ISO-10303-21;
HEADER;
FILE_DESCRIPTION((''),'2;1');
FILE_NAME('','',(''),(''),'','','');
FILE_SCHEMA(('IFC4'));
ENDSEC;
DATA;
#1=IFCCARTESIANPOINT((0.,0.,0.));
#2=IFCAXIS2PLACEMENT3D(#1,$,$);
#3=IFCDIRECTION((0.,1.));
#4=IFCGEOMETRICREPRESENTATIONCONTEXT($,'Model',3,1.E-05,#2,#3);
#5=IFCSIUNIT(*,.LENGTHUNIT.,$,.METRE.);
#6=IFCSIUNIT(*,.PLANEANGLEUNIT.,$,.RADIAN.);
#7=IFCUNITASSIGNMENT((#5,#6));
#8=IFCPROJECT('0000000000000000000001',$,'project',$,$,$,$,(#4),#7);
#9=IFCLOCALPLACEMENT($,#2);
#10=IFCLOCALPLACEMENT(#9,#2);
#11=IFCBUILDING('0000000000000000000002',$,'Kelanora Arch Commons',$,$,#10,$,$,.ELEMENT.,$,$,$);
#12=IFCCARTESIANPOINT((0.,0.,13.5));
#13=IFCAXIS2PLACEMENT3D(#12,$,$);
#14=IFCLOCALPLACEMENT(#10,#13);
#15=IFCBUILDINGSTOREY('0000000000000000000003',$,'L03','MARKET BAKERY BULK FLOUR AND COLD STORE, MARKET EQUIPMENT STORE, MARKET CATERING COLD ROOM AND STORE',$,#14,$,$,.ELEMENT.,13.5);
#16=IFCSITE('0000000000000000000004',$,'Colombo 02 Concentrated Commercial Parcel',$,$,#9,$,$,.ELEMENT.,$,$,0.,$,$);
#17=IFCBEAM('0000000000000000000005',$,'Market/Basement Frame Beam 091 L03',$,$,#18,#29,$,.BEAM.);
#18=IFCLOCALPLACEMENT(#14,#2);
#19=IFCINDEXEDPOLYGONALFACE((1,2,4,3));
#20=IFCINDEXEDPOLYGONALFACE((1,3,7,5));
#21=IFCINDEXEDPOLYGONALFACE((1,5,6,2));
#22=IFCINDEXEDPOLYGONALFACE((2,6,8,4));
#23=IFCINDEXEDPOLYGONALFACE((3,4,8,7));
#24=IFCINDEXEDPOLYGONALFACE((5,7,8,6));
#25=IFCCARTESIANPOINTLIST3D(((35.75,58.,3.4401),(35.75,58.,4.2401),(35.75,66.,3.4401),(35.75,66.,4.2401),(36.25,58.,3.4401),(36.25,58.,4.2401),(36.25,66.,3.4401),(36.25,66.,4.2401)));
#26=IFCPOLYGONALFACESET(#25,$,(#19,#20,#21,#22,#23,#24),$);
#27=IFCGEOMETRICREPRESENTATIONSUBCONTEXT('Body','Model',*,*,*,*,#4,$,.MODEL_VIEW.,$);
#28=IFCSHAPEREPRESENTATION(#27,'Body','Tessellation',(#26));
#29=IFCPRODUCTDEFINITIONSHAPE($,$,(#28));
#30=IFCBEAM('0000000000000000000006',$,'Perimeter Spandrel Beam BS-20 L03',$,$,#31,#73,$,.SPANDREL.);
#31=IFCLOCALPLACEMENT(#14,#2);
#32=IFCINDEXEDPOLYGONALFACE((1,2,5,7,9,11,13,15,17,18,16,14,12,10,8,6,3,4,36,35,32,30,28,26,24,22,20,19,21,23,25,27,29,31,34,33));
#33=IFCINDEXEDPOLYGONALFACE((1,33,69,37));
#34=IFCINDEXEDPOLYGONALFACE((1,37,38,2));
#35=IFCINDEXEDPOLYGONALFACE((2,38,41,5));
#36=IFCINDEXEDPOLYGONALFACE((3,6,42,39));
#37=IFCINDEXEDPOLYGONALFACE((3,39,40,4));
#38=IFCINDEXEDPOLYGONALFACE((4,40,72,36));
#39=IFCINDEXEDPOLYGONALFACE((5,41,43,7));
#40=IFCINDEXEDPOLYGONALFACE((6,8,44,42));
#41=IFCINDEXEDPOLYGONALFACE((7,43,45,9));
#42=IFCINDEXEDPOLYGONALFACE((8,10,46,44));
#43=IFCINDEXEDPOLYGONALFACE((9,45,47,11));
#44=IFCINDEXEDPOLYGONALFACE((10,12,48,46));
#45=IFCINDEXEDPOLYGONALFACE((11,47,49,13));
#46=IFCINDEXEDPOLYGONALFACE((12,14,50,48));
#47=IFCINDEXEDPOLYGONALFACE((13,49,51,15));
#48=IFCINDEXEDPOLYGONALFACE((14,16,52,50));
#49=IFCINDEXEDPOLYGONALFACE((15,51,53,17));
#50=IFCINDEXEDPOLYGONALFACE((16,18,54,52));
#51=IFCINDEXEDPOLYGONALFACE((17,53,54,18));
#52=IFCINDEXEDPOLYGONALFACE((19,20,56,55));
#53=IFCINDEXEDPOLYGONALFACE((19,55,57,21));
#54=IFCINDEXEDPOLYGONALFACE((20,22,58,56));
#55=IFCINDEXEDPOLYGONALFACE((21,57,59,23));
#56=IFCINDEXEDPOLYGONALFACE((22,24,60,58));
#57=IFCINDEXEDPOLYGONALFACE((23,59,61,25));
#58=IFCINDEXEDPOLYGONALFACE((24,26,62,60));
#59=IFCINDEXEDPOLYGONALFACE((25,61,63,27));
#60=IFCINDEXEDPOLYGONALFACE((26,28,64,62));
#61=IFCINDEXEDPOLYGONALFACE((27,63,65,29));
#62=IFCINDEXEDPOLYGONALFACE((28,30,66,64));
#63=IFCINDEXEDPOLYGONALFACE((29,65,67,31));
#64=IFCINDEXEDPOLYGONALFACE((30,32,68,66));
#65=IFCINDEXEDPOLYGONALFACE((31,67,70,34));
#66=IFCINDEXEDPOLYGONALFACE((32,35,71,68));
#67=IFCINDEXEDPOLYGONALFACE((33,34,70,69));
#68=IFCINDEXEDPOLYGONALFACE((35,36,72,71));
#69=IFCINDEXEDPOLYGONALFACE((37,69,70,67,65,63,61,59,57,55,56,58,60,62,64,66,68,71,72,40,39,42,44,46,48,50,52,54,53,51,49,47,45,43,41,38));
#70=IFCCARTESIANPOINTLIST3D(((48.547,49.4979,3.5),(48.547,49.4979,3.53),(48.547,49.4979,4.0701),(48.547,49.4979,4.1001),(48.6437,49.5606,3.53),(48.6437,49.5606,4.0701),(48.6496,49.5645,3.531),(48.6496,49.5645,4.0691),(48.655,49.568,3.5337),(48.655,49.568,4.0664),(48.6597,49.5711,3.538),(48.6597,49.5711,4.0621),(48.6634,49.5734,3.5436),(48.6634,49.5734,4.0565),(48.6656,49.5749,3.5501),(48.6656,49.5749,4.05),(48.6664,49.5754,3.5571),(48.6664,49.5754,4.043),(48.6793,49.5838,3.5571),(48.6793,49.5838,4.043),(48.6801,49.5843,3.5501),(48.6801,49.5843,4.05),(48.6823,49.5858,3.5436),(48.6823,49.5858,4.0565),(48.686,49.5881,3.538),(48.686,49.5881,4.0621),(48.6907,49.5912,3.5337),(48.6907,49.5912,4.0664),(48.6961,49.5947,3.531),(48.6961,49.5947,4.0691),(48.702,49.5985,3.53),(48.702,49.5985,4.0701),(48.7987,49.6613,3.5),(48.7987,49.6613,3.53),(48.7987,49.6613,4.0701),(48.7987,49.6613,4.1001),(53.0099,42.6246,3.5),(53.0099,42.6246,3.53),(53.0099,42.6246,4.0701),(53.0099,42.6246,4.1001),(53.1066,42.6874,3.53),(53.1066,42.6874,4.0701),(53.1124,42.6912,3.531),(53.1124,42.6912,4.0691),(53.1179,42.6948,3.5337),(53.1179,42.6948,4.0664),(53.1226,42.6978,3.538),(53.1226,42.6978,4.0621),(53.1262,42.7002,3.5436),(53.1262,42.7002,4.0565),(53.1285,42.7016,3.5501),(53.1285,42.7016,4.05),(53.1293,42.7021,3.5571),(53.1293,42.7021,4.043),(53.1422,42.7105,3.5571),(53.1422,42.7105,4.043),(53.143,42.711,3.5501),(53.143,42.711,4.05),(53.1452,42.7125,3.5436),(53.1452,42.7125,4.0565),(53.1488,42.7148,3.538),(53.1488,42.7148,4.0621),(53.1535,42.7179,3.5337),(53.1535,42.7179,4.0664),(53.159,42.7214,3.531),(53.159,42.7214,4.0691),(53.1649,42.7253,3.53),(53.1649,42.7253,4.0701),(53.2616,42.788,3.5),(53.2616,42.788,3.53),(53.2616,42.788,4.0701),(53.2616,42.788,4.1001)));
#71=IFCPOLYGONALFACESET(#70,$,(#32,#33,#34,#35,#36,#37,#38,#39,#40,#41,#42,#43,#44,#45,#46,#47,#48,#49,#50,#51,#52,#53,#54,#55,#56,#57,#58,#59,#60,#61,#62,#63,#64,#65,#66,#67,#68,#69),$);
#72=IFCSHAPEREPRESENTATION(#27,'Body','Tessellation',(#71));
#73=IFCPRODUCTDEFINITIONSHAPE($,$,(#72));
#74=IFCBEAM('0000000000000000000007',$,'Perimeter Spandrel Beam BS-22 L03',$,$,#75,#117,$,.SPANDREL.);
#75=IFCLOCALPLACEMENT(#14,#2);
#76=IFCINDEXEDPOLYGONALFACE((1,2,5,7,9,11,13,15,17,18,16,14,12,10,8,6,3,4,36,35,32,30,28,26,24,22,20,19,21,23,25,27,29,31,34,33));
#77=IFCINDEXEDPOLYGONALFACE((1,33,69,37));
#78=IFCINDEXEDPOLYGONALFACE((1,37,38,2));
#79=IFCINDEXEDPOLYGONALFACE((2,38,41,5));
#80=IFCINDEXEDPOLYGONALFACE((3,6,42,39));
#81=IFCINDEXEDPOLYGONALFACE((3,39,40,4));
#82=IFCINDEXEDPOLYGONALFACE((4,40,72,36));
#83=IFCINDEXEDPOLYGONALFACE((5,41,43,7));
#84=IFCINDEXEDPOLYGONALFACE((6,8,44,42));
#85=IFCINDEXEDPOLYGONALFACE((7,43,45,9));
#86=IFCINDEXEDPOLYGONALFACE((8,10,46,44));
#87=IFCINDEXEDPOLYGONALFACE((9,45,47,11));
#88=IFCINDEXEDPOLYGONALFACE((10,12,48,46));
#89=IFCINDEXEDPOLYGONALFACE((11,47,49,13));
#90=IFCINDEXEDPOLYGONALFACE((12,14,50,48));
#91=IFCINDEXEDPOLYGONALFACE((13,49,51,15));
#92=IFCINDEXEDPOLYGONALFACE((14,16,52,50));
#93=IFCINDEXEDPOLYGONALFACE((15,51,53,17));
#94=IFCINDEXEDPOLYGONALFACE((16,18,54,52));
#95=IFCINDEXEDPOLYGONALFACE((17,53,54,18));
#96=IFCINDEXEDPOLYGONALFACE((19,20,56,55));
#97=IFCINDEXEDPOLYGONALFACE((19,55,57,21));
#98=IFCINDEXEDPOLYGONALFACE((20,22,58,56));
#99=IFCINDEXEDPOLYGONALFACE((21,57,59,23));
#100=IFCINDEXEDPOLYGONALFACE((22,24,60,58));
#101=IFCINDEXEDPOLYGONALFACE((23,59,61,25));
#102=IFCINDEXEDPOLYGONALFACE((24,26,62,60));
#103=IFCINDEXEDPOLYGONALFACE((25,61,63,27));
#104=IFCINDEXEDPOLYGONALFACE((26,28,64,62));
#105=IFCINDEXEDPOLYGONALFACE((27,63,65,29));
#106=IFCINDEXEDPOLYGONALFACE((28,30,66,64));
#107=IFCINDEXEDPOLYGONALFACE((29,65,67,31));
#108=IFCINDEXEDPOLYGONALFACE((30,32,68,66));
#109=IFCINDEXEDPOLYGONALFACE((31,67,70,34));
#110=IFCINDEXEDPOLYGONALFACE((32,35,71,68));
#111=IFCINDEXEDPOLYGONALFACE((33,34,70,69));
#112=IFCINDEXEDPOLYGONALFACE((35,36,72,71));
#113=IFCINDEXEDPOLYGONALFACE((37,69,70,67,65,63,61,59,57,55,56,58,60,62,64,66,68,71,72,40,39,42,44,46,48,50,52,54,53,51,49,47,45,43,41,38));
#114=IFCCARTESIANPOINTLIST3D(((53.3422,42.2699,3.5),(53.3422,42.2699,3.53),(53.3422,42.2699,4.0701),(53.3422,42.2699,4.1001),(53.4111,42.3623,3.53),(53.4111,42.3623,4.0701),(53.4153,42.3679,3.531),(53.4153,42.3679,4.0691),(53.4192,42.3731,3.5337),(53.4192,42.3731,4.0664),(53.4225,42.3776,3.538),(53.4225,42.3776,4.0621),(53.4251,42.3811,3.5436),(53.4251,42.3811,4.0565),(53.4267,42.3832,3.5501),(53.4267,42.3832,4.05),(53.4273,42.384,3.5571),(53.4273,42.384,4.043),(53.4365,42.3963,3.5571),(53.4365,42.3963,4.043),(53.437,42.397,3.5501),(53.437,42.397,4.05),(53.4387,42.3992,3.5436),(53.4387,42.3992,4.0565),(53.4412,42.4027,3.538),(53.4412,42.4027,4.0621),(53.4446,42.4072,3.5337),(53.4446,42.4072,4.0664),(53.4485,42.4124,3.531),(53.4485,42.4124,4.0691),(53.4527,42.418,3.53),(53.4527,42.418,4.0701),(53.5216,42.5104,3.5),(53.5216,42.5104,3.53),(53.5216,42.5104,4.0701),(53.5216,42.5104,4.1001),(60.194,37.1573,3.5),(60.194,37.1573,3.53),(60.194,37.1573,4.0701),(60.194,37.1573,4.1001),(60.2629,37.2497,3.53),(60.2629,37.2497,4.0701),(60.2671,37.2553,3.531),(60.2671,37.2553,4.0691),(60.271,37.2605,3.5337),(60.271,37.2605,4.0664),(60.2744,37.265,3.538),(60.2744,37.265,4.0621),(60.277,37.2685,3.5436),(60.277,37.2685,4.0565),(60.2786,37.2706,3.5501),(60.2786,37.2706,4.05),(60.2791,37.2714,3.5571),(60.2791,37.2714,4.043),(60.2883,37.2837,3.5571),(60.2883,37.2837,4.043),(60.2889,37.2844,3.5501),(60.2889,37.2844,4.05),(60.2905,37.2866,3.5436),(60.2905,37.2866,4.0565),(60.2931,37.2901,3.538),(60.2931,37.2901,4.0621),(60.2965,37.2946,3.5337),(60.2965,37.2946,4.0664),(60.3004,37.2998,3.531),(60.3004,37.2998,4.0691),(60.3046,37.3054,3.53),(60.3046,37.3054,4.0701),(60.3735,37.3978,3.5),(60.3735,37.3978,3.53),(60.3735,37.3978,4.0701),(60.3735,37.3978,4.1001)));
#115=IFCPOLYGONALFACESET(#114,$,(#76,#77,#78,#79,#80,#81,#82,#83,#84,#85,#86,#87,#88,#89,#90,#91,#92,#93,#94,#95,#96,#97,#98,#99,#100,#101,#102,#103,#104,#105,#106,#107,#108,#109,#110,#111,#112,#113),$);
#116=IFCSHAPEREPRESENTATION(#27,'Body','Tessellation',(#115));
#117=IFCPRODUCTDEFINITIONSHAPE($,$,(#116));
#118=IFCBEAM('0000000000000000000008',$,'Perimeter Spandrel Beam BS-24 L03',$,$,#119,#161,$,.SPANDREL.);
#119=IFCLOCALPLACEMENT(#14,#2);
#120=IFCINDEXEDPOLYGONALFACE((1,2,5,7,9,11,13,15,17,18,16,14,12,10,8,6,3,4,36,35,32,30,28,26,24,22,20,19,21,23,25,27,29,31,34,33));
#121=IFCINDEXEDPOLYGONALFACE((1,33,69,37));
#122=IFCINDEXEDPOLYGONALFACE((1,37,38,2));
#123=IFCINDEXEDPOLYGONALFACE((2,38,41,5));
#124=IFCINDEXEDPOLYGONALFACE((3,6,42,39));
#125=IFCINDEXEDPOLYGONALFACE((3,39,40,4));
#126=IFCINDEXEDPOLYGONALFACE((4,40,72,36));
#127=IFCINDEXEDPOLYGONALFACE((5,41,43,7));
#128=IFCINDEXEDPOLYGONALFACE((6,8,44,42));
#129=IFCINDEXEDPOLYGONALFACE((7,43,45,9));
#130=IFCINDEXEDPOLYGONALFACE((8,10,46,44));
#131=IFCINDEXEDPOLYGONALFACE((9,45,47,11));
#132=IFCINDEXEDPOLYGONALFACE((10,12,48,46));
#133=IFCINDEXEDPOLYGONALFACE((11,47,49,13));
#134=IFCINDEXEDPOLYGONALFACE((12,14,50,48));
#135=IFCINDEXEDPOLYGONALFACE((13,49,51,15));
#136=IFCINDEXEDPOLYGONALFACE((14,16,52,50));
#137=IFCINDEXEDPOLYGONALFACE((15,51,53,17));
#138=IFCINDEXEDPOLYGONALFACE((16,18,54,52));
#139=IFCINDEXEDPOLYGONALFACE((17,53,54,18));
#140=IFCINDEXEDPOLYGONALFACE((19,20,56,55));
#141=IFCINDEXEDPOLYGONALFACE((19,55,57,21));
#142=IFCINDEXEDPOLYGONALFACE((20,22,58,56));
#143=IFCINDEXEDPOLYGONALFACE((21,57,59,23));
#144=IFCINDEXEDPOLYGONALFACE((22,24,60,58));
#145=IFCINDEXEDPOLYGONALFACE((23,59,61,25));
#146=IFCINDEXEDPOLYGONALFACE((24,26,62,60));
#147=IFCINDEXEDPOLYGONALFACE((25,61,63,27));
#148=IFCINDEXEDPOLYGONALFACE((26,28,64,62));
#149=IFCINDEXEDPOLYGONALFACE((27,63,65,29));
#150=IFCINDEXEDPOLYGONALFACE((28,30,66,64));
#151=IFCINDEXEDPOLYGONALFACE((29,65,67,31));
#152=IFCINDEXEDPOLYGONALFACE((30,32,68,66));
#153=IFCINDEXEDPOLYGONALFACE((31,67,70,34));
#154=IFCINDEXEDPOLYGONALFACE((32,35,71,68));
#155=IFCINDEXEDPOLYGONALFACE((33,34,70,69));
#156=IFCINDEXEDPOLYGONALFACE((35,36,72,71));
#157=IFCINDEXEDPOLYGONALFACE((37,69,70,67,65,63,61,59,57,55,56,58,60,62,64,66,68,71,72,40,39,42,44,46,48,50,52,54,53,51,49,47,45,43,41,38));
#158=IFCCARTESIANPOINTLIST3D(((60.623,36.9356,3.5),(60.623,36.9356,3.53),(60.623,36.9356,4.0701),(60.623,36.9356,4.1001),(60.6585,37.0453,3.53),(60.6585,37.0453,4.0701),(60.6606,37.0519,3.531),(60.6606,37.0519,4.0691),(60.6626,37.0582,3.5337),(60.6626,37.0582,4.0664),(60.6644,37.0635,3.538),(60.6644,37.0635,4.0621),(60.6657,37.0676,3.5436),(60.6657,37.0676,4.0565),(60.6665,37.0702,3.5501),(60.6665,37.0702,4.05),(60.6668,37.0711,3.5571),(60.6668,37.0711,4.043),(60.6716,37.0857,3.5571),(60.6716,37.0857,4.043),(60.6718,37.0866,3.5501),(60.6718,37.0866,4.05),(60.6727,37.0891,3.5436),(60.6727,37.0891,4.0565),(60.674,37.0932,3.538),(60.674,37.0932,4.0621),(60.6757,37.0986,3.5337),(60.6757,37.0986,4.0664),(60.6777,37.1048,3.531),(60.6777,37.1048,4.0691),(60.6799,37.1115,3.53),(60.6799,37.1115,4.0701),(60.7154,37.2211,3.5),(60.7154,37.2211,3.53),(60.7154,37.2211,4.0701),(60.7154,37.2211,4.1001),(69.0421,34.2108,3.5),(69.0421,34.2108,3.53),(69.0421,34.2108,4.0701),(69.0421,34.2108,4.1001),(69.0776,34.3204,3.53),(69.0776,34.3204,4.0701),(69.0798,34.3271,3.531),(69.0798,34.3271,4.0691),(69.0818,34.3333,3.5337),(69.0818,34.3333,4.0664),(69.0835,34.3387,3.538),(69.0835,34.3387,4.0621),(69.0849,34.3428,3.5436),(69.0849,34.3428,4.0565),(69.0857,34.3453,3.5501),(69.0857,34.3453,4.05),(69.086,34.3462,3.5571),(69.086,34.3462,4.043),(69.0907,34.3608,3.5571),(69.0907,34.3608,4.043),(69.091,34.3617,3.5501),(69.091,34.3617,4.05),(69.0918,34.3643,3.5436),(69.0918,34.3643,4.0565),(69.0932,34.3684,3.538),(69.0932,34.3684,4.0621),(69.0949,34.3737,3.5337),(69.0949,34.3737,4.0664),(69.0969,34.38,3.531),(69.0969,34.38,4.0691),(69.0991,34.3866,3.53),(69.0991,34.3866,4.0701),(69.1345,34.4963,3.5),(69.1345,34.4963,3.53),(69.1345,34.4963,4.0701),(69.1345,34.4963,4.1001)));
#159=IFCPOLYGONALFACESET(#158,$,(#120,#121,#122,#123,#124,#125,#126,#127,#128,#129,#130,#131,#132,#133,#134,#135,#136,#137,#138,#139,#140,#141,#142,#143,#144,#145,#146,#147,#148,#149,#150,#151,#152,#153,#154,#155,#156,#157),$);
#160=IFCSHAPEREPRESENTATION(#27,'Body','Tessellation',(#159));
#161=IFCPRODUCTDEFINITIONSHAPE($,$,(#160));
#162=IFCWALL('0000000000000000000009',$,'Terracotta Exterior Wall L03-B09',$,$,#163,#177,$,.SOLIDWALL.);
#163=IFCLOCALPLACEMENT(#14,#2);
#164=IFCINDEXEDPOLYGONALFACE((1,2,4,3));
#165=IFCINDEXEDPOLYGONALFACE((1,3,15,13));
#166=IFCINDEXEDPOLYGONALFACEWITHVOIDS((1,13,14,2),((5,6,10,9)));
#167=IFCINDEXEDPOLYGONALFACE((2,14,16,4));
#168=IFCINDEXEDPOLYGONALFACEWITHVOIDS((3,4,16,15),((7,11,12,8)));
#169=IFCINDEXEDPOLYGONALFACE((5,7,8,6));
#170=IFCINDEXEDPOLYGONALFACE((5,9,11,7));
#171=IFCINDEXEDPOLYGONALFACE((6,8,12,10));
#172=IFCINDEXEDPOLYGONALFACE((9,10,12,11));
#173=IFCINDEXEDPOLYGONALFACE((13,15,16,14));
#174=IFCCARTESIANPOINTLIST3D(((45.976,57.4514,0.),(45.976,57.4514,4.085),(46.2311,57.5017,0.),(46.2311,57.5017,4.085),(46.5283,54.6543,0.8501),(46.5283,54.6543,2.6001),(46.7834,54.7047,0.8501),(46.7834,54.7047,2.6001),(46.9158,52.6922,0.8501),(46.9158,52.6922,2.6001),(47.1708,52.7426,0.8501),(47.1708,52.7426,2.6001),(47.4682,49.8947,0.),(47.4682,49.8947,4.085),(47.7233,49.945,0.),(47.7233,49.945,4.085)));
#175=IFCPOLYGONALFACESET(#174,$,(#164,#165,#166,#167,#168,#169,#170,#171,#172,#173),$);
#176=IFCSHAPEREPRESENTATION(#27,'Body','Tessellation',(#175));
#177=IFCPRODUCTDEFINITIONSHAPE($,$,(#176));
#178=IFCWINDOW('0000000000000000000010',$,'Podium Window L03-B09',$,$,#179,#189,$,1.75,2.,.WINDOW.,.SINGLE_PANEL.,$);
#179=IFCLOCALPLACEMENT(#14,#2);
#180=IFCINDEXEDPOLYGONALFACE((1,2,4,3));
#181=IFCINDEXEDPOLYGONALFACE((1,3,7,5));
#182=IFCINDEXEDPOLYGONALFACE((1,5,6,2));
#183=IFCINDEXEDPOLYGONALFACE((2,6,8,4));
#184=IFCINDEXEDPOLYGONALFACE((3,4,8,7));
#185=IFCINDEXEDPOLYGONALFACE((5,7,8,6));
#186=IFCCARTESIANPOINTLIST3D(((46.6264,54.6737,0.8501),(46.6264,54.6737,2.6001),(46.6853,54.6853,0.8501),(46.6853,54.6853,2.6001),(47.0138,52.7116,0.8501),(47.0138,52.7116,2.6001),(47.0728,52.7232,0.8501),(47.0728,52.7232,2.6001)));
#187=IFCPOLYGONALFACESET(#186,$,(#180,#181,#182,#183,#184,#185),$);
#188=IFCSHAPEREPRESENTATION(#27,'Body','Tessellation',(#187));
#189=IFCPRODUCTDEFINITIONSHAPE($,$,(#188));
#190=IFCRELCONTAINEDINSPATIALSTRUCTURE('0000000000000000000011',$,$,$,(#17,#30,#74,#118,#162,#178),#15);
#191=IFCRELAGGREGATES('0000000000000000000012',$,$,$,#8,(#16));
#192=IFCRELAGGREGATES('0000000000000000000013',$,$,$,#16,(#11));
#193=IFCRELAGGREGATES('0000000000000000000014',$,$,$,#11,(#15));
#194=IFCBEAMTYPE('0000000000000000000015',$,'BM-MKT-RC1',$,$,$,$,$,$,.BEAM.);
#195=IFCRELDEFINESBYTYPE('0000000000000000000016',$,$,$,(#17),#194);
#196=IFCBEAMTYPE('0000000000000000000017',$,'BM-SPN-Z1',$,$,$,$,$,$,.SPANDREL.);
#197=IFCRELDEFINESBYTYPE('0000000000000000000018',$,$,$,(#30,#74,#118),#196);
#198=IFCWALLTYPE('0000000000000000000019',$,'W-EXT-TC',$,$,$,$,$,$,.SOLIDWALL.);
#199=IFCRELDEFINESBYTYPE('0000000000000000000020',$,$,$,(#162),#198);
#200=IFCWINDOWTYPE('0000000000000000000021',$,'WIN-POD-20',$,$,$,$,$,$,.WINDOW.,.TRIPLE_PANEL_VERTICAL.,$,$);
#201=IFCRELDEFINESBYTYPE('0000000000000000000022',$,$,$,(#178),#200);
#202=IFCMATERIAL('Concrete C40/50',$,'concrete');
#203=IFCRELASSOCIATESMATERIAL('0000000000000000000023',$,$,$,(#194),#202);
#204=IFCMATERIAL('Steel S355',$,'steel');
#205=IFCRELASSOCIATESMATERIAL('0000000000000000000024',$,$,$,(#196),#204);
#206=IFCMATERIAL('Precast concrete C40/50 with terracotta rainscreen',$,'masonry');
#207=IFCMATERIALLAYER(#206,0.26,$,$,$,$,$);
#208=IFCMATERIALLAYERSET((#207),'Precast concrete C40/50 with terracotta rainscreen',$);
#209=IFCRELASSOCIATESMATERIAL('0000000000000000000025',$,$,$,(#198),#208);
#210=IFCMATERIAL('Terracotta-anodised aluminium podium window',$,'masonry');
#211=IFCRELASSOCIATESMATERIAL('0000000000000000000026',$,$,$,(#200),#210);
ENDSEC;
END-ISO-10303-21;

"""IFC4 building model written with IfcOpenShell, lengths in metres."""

from ifc_helpers import new_model, si_unit, direction, frame, frame_2d, origin, origin_2d, place, context, subcontext, project, spatial, rectangle, i_section, extrude, material, layer, layer_set, material_profile, profile_set, type_object, element, fill, save


model = new_model("IFC4")

# Units and contexts
model_context = context("Model", 3, precision=1e-05, world=origin(), true_north=direction((0.0, 1.0)))
body_context = subcontext(model_context, "Body", "Model", "MODEL_VIEW")
ifc_project = project(units=[si_unit("LENGTHUNIT", "METRE"), si_unit("PLANEANGLEUNIT", "RADIAN")], contexts=[model_context])

# Site, building, storey
site_placement = place(None, origin())
site = spatial("IfcSite", under=ifc_project, at=site_placement, Name="Colombo 02 Concentrated Commercial Parcel", CompositionType="ELEMENT", RefElevation=0.0)
building_placement = place(site_placement, origin())
building = spatial("IfcBuilding", under=site, at=building_placement, Name="Kelanora Arch Commons", CompositionType="ELEMENT")
storey_placement = place(building_placement, frame((0.0, 0.0, 13.5)))
storey = spatial("IfcBuildingStorey", under=building, at=storey_placement, Name="L03", Description="MARKET BAKERY BULK FLOUR AND COLD STORE, MARKET EQUIPMENT STORE, MARKET CATERING COLD ROOM AND STORE", CompositionType="ELEMENT", Elevation=13.5)

# Beams
ifc_material_1 = material(Name="Steel S355", Category="steel")
ifc_material_2 = material(Name="Concrete C40/50", Category="concrete")
ifc_material_profile_1 = material_profile(ifc_material_2, rectangle(XDim=0.5, YDim=0.8, at=origin_2d()), Name="RCB500x800")
ifc_profile_set_1 = profile_set([ifc_material_profile_1], Name="Concrete C40/50")
beam_type_1 = type_object("IfcBeamType", Name="BM-MKT-RC1", PredefinedType="BEAM", material=ifc_profile_set_1)
beam_1_placement = place(storey_placement, frame((36.0, 58.0, 3.8401), z_axis=(0.0, 1.0, 0.0), x_axis=(-1.0, 0.0, 0.0)))
element("IfcBeam", 1, at=beam_1_placement, inside=storey, type_object=beam_type_1, Name="Market/Basement Frame Beam 091 L03", PredefinedType="BEAM", context=body_context, shape_type="SweptSolid", body=[
    extrude(rectangle(XDim=0.5, YDim=0.8, at=origin_2d()), origin(), (0.0, 0.0, 1.0), 8.0),
])
ifc_material_profile_2 = material_profile(ifc_material_1, i_section(OverallWidth=0.3, OverallDepth=0.6001, WebThickness=0.0154, FlangeThickness=0.03, FilletRadius=0.0271, at=origin_2d()), Name="HEB600")
ifc_profile_set_2 = profile_set([ifc_material_profile_2], Name="Steel S355")
beam_type_2 = type_object("IfcBeamType", Name="BM-SPN-Z1", PredefinedType="SPANDREL", material=ifc_profile_set_2)
beam_2_placement = place(storey_placement, frame((48.6729, 49.5796, 3.8), z_axis=(0.544581, -0.838708, 0.0), x_axis=(0.838708, 0.544581, 0.0)))
element("IfcBeam", 2, at=beam_2_placement, inside=storey, type_object=beam_type_2, Name="Perimeter Spandrel Beam BS-20 L03", PredefinedType="SPANDREL", context=body_context, shape_type="SweptSolid", body=[
    extrude(i_section(OverallWidth=0.3, OverallDepth=0.6001, WebThickness=0.0154, FlangeThickness=0.03, FilletRadius=0.0271, at=origin_2d()), origin(), (0.0, 0.0, 1.0), 8.1951),
])
beam_3_placement = place(storey_placement, frame((53.4319, 42.3901, 3.8), z_axis=(0.801475, -0.598029, 0.0), x_axis=(0.598029, 0.801475, 0.0)))
element("IfcBeam", 3, at=beam_3_placement, inside=storey, type_object=beam_type_2, Name="Perimeter Spandrel Beam BS-22 L03", PredefinedType="SPANDREL", context=body_context, shape_type="SweptSolid", body=[
    extrude(i_section(OverallWidth=0.3, OverallDepth=0.6001, WebThickness=0.0154, FlangeThickness=0.03, FilletRadius=0.0271, at=origin_2d()), origin(), (0.0, 0.0, 1.0), 8.5491),
])
beam_4_placement = place(storey_placement, frame((60.6692, 37.0784, 3.8), z_axis=(0.951411, -0.307922, 0.0), x_axis=(0.307922, 0.951411, 0.0)))
element("IfcBeam", 4, at=beam_4_placement, inside=storey, type_object=beam_type_2, Name="Perimeter Spandrel Beam BS-24 L03", PredefinedType="SPANDREL", context=body_context, shape_type="SweptSolid", body=[
    extrude(i_section(OverallWidth=0.3, OverallDepth=0.6001, WebThickness=0.0154, FlangeThickness=0.03, FilletRadius=0.0271, at=origin_2d()), origin(), (0.0, 0.0, 1.0), 8.8491),
])

# Wall, opening, window
ifc_material_3 = material(Name="Precast concrete C40/50 with terracotta rainscreen", Category="masonry")
ifc_layer_1 = layer(ifc_material_3, 0.26)
ifc_layer_set_1 = layer_set([ifc_layer_1], Name="Precast concrete C40/50 with terracotta rainscreen")
wall_type_1 = type_object("IfcWallType", Name="W-EXT-TC", PredefinedType="SOLIDWALL", material=ifc_layer_set_1)
wall_1_placement = place(storey_placement, frame((46.1035, 57.4766, 0.0), z_axis=(0.0, 0.0, 1.0), x_axis=(0.193726, -0.981056, 0.0)))
wall_1 = element("IfcWall", 5, at=wall_1_placement, inside=storey, type_object=wall_type_1, Name="Terracotta Exterior Wall L03-B09", PredefinedType="SOLIDWALL", context=body_context, shape_type="SweptSolid", body=[
    extrude(rectangle(XDim=7.7026, YDim=0.26, at=frame_2d((3.8513, 0.0))), origin(), (0.0, 0.0, 1.0), 4.085),
])
opening_1_placement = place(wall_1_placement, frame((2.8511, 0.0, 0.8501)))
opening_1 = element("IfcOpeningElement", 6, at=opening_1_placement, cuts=wall_1, PredefinedType="OPENING", context=body_context, shape_type="SweptSolid", body=[
    extrude(rectangle(XDim=2.0, YDim=1.75, at=frame_2d((1.0, 0.875))), frame((0.0, 0.1401, 0.0), z_axis=(0.0, -1.0, 0.0), x_axis=(1.0, 0.0, 0.0)), (0.0, 0.0, 1.0), 0.28),
])
ifc_material_4 = material(Name="Terracotta-anodised aluminium podium window", Category="masonry")
window_type = type_object("IfcWindowType", Name="WIN-POD-20", PartitioningType="TRIPLE_PANEL_VERTICAL", PredefinedType="WINDOW", material=ifc_material_4)
window_1_placement = place(opening_1_placement, origin())
window_1 = element("IfcWindow", 7, at=window_1_placement, inside=storey, type_object=window_type, Name="Podium Window L03-B09", OverallHeight=1.75, OverallWidth=2.0, PartitioningType="SINGLE_PANEL", PredefinedType="WINDOW", context=body_context, shape_type="SweptSolid", body=[
    extrude(rectangle(XDim=2.0, YDim=1.75, at=frame_2d((1.0, 0.875))), frame((0.0, 0.03, 0.0), z_axis=(0.0, -1.0, 0.0), x_axis=(1.0, 0.0, 0.0)), (0.0, 0.0, 1.0), 0.0601),
])
fill(opening_1, window_1)

save(model, "model.ifc")
